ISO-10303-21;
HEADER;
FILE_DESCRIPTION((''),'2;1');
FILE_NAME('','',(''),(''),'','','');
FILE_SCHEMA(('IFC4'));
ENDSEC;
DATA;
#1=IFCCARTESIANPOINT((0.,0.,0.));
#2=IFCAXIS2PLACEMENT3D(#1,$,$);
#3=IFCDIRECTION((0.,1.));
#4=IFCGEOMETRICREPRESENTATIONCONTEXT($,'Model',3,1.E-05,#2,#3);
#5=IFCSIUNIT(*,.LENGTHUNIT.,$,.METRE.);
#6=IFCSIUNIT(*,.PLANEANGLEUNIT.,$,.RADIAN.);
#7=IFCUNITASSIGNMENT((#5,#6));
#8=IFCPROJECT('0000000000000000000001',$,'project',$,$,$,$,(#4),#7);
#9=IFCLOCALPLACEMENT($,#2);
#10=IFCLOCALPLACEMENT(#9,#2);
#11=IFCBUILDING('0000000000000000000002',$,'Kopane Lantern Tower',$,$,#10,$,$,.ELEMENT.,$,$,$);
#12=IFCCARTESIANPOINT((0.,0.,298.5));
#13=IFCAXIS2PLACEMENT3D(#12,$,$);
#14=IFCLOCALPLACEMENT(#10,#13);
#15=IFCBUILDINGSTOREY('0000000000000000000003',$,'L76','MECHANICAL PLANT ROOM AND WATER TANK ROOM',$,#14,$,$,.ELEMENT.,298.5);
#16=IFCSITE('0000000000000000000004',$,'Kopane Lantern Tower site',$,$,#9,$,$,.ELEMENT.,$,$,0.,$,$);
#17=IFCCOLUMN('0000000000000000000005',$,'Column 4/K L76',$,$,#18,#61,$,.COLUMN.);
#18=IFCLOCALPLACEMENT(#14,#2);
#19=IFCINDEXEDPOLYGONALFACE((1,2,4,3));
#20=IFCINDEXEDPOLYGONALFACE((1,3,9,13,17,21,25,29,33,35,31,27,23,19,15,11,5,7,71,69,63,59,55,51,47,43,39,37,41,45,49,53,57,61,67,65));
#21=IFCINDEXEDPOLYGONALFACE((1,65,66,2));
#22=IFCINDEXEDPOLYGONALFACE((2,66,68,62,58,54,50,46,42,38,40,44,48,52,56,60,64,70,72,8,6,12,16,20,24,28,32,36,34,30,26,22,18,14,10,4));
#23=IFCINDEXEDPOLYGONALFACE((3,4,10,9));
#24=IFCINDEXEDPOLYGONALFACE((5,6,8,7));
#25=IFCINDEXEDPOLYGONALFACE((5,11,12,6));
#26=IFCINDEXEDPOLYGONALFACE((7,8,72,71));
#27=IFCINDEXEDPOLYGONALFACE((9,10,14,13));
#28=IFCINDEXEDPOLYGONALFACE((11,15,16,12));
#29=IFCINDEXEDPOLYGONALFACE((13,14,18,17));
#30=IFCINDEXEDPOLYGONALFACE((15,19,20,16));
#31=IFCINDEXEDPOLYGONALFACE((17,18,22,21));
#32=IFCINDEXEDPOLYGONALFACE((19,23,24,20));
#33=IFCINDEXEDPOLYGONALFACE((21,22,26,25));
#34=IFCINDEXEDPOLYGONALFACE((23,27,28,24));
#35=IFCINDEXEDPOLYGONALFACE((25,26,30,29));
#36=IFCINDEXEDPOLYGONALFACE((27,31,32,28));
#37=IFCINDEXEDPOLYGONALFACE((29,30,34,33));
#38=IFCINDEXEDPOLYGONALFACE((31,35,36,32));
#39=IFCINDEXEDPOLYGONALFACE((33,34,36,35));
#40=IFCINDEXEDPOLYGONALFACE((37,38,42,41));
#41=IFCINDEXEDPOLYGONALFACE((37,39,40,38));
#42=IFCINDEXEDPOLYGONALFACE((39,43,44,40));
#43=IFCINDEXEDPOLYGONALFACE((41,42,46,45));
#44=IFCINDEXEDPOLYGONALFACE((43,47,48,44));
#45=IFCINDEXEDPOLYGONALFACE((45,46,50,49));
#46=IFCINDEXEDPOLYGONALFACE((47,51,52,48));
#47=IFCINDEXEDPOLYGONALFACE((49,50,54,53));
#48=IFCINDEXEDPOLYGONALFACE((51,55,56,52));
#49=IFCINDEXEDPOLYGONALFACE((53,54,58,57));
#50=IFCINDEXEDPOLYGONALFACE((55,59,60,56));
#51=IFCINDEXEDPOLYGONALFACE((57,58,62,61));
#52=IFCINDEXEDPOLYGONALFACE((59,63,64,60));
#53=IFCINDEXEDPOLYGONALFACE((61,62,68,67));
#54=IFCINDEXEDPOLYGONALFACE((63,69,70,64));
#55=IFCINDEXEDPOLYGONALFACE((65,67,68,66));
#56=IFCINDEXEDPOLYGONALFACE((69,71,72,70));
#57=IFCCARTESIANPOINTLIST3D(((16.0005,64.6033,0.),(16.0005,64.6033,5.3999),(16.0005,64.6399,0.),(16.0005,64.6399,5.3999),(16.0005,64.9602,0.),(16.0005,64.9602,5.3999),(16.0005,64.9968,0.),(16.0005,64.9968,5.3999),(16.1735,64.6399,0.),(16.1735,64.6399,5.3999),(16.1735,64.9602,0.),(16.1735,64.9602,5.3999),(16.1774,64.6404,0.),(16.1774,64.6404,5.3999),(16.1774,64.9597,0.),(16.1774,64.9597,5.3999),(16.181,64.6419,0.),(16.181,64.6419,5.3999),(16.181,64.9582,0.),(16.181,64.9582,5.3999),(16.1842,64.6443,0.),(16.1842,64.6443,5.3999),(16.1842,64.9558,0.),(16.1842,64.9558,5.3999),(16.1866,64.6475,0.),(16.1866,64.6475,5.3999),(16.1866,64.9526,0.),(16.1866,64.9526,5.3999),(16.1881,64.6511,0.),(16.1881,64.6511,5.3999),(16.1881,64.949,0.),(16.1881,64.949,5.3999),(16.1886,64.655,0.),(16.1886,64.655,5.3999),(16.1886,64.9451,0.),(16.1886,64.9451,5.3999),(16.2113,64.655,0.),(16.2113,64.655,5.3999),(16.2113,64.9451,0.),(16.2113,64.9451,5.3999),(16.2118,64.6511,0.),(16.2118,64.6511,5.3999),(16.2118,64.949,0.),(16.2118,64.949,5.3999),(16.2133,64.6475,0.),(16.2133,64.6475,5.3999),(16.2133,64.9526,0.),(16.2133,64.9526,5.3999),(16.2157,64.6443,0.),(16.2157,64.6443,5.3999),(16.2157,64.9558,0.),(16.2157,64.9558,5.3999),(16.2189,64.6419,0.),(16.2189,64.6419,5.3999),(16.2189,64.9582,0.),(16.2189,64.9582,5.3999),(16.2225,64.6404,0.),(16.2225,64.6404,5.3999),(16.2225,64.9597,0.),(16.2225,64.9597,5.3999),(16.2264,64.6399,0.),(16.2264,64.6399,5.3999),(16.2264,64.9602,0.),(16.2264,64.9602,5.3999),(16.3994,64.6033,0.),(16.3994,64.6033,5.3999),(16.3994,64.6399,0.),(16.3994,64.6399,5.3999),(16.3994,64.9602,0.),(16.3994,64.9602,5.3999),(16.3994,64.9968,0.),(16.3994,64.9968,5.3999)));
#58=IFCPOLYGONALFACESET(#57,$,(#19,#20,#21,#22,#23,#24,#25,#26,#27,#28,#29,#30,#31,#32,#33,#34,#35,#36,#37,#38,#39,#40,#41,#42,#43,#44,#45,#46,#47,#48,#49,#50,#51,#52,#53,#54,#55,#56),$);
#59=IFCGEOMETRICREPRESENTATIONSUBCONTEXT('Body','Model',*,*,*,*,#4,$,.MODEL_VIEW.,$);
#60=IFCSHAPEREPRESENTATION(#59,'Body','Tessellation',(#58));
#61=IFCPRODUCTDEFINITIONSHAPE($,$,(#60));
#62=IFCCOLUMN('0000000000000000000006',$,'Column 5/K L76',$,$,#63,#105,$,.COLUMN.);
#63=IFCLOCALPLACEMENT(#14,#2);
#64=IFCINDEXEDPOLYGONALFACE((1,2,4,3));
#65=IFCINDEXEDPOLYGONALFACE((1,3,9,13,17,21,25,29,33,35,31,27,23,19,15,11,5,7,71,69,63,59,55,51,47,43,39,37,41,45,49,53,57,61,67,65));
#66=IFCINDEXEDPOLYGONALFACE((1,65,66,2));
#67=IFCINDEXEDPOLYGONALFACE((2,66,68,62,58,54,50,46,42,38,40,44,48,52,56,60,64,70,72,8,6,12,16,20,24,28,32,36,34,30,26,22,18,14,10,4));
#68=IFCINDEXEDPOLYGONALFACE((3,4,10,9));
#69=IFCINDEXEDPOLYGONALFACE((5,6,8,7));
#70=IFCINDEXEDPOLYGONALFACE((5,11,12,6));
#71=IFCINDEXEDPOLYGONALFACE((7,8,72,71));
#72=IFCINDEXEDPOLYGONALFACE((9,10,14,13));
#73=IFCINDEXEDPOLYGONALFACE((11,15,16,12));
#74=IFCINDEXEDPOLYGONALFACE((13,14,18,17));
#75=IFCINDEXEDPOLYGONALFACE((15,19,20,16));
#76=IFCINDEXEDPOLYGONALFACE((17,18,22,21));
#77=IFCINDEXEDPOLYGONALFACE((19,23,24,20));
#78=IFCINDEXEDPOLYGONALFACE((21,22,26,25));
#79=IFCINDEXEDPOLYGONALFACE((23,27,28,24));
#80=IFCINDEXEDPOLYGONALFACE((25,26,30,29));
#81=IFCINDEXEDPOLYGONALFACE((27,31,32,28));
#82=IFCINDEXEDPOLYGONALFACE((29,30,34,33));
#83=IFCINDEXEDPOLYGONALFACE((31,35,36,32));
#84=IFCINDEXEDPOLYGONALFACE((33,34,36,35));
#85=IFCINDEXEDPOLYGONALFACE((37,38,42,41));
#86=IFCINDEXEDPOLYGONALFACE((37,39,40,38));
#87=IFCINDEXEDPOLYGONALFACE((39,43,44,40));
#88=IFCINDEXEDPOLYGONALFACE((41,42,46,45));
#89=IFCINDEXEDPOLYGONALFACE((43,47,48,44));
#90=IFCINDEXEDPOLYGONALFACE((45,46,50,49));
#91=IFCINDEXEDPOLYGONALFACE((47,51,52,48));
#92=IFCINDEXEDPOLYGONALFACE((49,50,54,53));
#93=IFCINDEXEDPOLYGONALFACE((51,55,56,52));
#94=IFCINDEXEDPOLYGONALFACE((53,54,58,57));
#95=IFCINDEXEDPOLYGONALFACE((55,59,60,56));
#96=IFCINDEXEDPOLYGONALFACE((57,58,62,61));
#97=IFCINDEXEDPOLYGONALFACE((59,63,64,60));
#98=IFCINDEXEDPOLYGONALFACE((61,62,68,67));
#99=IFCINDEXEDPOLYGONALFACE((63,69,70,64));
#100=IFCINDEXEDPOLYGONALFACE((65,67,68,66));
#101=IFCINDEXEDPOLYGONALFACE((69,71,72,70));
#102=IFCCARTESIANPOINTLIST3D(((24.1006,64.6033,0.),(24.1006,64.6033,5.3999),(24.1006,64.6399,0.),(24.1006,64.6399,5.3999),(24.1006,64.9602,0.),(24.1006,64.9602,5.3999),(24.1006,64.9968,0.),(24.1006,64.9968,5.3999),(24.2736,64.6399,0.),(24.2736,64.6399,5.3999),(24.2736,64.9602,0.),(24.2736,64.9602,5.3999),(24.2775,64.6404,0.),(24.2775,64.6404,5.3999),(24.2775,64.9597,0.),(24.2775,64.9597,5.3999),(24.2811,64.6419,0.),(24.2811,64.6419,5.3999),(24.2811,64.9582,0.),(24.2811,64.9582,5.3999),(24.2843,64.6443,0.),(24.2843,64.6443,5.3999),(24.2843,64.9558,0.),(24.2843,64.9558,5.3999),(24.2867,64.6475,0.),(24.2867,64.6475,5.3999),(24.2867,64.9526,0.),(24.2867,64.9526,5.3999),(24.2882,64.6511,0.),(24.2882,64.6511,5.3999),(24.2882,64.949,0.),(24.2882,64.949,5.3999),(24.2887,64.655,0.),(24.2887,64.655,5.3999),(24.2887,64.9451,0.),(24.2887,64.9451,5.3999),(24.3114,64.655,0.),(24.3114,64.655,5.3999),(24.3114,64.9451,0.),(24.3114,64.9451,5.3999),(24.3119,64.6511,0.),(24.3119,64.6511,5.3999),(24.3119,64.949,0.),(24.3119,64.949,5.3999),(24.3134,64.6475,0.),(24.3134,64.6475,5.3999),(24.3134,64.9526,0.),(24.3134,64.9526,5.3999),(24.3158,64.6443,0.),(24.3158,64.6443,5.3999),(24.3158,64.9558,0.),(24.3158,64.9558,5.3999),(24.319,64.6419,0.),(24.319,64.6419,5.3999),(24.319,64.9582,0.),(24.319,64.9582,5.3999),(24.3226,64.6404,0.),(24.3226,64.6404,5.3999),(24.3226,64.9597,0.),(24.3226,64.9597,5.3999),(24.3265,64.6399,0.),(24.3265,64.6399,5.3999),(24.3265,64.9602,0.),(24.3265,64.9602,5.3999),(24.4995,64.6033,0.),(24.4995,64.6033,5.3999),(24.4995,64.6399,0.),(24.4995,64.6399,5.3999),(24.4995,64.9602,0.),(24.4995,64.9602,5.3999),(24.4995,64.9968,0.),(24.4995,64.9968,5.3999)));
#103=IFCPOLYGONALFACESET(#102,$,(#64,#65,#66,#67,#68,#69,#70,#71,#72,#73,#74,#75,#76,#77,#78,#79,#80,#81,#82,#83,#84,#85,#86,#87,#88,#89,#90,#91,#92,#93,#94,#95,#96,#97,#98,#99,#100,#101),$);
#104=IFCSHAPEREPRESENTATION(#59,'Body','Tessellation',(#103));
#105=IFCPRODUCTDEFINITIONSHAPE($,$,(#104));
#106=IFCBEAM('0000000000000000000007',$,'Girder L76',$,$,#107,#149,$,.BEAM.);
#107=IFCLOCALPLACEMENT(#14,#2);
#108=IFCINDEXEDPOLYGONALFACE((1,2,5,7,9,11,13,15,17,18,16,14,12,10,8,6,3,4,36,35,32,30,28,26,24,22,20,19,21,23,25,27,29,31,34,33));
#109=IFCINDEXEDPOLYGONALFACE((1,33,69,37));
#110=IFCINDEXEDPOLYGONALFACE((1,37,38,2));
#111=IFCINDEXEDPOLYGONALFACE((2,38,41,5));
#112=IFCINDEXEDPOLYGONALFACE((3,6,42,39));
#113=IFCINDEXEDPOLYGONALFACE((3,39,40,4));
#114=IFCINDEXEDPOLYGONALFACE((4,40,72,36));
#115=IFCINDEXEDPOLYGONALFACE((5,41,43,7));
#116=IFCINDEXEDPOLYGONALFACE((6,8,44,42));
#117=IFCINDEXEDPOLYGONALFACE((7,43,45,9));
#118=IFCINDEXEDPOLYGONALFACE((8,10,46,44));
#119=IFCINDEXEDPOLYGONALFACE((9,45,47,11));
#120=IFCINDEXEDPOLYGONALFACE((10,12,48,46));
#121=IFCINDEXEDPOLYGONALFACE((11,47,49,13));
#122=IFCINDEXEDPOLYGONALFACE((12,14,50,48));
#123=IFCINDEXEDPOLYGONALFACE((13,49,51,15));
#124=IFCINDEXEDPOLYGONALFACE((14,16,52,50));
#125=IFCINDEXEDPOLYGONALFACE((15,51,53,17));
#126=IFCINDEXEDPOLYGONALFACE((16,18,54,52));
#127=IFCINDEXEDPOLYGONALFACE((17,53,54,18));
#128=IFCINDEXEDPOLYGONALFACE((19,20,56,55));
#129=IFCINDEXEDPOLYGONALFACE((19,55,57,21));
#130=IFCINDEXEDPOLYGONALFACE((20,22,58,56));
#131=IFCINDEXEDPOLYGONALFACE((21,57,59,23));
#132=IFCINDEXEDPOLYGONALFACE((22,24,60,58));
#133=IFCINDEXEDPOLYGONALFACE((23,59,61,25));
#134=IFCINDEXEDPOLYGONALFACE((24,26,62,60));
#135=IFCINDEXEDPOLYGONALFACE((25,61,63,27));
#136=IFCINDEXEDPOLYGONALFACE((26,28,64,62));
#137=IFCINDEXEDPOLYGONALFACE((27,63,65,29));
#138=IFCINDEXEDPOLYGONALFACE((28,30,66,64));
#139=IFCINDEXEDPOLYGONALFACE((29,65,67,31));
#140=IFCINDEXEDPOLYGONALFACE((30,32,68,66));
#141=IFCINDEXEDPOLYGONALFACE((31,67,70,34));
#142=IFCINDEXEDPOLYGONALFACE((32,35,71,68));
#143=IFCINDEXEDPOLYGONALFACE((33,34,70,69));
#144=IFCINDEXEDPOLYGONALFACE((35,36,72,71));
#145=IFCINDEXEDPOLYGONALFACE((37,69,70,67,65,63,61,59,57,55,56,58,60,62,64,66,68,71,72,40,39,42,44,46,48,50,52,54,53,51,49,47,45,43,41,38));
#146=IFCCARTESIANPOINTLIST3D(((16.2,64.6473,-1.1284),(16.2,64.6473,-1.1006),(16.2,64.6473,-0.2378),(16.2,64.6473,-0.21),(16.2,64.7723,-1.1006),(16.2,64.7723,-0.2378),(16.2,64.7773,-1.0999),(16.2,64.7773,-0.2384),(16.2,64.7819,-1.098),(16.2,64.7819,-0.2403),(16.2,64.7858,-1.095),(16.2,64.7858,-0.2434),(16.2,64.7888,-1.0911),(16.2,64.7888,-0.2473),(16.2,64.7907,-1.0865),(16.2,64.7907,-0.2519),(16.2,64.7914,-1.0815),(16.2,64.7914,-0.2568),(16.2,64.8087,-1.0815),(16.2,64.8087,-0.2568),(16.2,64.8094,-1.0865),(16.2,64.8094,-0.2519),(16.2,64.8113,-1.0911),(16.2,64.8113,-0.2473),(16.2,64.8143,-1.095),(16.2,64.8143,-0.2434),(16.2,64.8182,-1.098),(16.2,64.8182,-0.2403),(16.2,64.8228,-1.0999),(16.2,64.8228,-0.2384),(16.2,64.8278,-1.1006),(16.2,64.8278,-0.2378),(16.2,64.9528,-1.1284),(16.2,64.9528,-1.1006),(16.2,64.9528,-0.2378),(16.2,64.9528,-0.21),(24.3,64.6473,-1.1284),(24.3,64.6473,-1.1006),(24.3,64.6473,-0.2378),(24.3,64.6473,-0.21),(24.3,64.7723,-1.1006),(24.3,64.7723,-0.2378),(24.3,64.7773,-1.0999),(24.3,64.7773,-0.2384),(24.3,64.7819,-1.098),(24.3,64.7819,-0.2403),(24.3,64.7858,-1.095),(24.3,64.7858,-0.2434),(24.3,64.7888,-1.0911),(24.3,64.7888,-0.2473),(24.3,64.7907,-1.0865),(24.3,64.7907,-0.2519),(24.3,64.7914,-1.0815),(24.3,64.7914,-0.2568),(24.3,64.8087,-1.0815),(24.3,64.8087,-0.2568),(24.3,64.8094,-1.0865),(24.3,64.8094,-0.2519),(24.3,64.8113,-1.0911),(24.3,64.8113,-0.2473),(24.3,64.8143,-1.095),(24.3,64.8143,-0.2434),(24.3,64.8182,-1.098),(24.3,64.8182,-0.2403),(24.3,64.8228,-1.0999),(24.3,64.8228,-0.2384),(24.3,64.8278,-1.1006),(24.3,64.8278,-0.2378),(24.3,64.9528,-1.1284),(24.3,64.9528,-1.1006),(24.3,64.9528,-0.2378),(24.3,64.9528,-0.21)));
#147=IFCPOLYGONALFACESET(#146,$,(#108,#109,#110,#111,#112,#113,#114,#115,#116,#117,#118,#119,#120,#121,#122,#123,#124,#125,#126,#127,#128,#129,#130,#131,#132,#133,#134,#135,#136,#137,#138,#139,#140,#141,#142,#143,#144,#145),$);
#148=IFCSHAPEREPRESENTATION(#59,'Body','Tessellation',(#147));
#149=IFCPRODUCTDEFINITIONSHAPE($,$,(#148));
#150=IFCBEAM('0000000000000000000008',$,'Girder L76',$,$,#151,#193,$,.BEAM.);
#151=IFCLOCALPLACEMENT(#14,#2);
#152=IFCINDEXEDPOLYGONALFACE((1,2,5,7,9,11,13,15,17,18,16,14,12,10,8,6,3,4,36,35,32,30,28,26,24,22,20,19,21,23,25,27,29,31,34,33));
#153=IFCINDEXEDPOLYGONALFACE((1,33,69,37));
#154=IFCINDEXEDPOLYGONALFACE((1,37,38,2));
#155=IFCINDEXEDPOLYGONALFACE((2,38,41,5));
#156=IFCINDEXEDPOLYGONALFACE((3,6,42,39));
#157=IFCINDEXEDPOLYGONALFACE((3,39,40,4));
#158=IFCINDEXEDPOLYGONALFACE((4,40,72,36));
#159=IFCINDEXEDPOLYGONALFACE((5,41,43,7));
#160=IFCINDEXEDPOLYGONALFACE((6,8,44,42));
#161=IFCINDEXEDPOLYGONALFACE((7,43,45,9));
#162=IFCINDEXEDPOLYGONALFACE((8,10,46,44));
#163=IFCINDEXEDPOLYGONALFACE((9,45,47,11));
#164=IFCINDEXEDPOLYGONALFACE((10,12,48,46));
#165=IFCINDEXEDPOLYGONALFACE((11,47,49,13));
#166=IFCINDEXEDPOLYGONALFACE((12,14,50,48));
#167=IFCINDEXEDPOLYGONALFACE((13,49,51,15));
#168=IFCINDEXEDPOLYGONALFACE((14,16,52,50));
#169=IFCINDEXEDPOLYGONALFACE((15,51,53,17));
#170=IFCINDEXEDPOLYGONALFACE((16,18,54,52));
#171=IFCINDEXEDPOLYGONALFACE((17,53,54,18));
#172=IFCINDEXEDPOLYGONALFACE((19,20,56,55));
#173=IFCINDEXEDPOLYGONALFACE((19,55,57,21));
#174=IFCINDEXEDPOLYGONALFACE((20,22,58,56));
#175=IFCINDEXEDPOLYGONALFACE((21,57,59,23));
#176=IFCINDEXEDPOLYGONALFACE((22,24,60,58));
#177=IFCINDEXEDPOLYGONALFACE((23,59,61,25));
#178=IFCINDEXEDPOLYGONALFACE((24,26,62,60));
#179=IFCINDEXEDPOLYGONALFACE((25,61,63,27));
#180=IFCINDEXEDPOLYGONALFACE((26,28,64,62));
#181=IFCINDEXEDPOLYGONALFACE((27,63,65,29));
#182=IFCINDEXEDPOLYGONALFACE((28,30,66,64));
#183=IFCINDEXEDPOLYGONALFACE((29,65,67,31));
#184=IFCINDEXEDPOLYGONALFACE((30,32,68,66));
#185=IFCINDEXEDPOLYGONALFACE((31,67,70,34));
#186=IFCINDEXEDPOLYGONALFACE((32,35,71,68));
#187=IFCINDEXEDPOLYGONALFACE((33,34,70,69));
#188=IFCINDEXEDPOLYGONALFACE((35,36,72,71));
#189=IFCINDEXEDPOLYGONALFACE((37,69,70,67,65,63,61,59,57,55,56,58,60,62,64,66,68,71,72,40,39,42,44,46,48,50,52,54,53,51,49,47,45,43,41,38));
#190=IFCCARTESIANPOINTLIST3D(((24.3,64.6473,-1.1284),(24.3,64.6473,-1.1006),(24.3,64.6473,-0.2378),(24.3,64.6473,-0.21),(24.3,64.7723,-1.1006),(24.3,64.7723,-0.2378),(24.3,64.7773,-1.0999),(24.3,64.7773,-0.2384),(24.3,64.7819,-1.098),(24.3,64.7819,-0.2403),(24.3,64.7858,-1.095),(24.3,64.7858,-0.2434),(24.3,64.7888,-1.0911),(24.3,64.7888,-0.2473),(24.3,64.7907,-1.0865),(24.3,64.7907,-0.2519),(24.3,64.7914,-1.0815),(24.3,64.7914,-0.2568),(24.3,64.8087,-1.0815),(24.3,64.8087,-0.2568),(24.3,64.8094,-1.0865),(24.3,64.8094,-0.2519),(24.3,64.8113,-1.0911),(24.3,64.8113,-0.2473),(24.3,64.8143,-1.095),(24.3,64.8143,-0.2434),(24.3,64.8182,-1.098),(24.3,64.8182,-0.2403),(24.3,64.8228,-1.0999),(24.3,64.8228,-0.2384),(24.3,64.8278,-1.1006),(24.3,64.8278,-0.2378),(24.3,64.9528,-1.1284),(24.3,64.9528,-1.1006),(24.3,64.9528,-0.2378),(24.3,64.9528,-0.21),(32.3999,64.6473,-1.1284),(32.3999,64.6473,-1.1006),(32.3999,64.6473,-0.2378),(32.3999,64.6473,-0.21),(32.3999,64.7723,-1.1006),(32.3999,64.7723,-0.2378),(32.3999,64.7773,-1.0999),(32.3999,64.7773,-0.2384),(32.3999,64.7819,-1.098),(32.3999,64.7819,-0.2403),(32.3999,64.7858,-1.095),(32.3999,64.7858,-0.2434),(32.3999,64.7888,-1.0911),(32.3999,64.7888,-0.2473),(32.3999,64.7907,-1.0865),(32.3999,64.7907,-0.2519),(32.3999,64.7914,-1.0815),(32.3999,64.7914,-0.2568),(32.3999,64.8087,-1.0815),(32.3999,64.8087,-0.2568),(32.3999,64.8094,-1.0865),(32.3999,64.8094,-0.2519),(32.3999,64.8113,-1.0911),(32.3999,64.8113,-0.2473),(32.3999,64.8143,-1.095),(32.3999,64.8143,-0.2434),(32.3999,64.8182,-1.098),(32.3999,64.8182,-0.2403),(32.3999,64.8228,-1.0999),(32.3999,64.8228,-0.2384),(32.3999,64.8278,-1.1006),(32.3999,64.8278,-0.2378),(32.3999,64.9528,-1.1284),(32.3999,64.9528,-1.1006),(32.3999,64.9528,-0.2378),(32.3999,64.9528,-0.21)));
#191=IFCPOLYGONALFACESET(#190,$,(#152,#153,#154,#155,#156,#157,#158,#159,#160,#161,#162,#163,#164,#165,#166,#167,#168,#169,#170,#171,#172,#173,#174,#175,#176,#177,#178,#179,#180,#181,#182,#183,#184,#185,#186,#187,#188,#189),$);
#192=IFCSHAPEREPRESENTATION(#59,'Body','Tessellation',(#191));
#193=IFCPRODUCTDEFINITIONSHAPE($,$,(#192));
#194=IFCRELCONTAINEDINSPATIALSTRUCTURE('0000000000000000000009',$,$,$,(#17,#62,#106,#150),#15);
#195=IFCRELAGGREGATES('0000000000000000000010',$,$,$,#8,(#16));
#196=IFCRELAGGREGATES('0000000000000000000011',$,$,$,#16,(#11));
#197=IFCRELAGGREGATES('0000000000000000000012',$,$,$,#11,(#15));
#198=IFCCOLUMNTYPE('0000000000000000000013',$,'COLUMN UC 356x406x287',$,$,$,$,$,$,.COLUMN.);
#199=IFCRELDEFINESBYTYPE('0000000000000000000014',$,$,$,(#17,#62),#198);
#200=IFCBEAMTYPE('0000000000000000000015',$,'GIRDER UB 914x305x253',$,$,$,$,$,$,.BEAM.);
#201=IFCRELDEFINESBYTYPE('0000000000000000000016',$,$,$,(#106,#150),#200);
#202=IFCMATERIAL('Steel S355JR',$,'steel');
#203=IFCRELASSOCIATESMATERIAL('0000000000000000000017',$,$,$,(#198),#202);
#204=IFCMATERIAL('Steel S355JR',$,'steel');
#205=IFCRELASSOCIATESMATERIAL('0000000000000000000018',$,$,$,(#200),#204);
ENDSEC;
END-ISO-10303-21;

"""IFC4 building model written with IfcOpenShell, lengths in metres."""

from ifc_helpers import new_model, si_unit, direction, frame, origin, origin_2d, place, context, subcontext, project, spatial, i_section, extrude, material, material_profile, profile_set, type_object, element, save


model = new_model("IFC4")

# Units and contexts
model_context = context("Model", 3, precision=1e-05, world=origin(), true_north=direction((0.0, 1.0)))
body_context = subcontext(model_context, "Body", "Model", "MODEL_VIEW")
ifc_project = project(units=[si_unit("LENGTHUNIT", "METRE"), si_unit("PLANEANGLEUNIT", "RADIAN")], contexts=[model_context])

# Site, building, storey
site_placement = place(None, origin())
site = spatial("IfcSite", under=ifc_project, at=site_placement, Name="Kopane Lantern Tower site", CompositionType="ELEMENT", RefElevation=0.0)
building_placement = place(site_placement, origin())
building = spatial("IfcBuilding", under=site, at=building_placement, Name="Kopane Lantern Tower", CompositionType="ELEMENT")
storey_placement = place(building_placement, frame((0.0, 0.0, 298.5)))
storey = spatial("IfcBuildingStorey", under=building, at=storey_placement, Name="L76", Description="MECHANICAL PLANT ROOM AND WATER TANK ROOM", CompositionType="ELEMENT", Elevation=298.5)

# Columns
ifc_material_1 = material(Name="Steel S355JR", Category="steel")
ifc_material_profile_1 = material_profile(ifc_material_1, i_section(OverallWidth=0.3989, OverallDepth=0.3936, WebThickness=0.0227, FlangeThickness=0.0366, FilletRadius=0.0151, at=origin_2d()), Name="UC 356x406x287")
ifc_profile_set_1 = profile_set([ifc_material_profile_1], Name="Steel S355JR")
column_type = type_object("IfcColumnType", Name="COLUMN UC 356x406x287", PredefinedType="COLUMN", material=ifc_profile_set_1)
for number, where, z_axis, x_axis, name in (
    (1, (16.2, 64.8, 0.0), (0.0, 0.0, 1.0), (1.0, 0.0, 0.0), "Column 4/K L76"),
    (2, (24.3, 64.8, 0.0), (0.0, 0.0, 1.0), (1.0, 0.0, 0.0), "Column 5/K L76"),
):
    element("IfcColumn", number, at=place(storey_placement, frame(where, z_axis=z_axis, x_axis=x_axis)), inside=storey, type_object=column_type, Name=name, PredefinedType="COLUMN", context=body_context, shape_type="SweptSolid", body=[
        extrude(i_section(OverallWidth=0.3989, OverallDepth=0.3936, WebThickness=0.0227, FlangeThickness=0.0366, FilletRadius=0.0151, at=origin_2d()), origin(), (0.0, 0.0, 1.0), 5.3999),
    ])

# Beams
ifc_material_2 = material(Name="Steel S355JR", Category="steel")
ifc_material_profile_2 = material_profile(ifc_material_2, i_section(OverallWidth=0.3054, OverallDepth=0.9185, WebThickness=0.0173, FlangeThickness=0.0278, FilletRadius=0.019, at=origin_2d()), Name="UB 914x305x253")
ifc_profile_set_2 = profile_set([ifc_material_profile_2], Name="Steel S355JR")
beam_type = type_object("IfcBeamType", Name="GIRDER UB 914x305x253", PredefinedType="BEAM", material=ifc_profile_set_2)
beam_1_placement = place(storey_placement, frame((16.2, 64.8, -0.6692), z_axis=(1.0, 0.0, 0.0), x_axis=(0.0, 1.0, 0.0)))
element("IfcBeam", 3, at=beam_1_placement, inside=storey, type_object=beam_type, Name="Girder L76", PredefinedType="BEAM", context=body_context, shape_type="SweptSolid", body=[
    extrude(i_section(OverallWidth=0.3054, OverallDepth=0.9185, WebThickness=0.0173, FlangeThickness=0.0278, FilletRadius=0.019, at=origin_2d()), origin(), (0.0, 0.0, 1.0), 8.1001),
])
beam_2_placement = place(storey_placement, frame((24.3, 64.8, -0.6692), z_axis=(1.0, 0.0, 0.0), x_axis=(0.0, 1.0, 0.0)))
element("IfcBeam", 4, at=beam_2_placement, inside=storey, type_object=beam_type, Name="Girder L76", PredefinedType="BEAM", context=body_context, shape_type="SweptSolid", body=[
    extrude(i_section(OverallWidth=0.3054, OverallDepth=0.9185, WebThickness=0.0173, FlangeThickness=0.0278, FilletRadius=0.019, at=origin_2d()), origin(), (0.0, 0.0, 1.0), 8.0999),
])

save(model, "model.ifc")
